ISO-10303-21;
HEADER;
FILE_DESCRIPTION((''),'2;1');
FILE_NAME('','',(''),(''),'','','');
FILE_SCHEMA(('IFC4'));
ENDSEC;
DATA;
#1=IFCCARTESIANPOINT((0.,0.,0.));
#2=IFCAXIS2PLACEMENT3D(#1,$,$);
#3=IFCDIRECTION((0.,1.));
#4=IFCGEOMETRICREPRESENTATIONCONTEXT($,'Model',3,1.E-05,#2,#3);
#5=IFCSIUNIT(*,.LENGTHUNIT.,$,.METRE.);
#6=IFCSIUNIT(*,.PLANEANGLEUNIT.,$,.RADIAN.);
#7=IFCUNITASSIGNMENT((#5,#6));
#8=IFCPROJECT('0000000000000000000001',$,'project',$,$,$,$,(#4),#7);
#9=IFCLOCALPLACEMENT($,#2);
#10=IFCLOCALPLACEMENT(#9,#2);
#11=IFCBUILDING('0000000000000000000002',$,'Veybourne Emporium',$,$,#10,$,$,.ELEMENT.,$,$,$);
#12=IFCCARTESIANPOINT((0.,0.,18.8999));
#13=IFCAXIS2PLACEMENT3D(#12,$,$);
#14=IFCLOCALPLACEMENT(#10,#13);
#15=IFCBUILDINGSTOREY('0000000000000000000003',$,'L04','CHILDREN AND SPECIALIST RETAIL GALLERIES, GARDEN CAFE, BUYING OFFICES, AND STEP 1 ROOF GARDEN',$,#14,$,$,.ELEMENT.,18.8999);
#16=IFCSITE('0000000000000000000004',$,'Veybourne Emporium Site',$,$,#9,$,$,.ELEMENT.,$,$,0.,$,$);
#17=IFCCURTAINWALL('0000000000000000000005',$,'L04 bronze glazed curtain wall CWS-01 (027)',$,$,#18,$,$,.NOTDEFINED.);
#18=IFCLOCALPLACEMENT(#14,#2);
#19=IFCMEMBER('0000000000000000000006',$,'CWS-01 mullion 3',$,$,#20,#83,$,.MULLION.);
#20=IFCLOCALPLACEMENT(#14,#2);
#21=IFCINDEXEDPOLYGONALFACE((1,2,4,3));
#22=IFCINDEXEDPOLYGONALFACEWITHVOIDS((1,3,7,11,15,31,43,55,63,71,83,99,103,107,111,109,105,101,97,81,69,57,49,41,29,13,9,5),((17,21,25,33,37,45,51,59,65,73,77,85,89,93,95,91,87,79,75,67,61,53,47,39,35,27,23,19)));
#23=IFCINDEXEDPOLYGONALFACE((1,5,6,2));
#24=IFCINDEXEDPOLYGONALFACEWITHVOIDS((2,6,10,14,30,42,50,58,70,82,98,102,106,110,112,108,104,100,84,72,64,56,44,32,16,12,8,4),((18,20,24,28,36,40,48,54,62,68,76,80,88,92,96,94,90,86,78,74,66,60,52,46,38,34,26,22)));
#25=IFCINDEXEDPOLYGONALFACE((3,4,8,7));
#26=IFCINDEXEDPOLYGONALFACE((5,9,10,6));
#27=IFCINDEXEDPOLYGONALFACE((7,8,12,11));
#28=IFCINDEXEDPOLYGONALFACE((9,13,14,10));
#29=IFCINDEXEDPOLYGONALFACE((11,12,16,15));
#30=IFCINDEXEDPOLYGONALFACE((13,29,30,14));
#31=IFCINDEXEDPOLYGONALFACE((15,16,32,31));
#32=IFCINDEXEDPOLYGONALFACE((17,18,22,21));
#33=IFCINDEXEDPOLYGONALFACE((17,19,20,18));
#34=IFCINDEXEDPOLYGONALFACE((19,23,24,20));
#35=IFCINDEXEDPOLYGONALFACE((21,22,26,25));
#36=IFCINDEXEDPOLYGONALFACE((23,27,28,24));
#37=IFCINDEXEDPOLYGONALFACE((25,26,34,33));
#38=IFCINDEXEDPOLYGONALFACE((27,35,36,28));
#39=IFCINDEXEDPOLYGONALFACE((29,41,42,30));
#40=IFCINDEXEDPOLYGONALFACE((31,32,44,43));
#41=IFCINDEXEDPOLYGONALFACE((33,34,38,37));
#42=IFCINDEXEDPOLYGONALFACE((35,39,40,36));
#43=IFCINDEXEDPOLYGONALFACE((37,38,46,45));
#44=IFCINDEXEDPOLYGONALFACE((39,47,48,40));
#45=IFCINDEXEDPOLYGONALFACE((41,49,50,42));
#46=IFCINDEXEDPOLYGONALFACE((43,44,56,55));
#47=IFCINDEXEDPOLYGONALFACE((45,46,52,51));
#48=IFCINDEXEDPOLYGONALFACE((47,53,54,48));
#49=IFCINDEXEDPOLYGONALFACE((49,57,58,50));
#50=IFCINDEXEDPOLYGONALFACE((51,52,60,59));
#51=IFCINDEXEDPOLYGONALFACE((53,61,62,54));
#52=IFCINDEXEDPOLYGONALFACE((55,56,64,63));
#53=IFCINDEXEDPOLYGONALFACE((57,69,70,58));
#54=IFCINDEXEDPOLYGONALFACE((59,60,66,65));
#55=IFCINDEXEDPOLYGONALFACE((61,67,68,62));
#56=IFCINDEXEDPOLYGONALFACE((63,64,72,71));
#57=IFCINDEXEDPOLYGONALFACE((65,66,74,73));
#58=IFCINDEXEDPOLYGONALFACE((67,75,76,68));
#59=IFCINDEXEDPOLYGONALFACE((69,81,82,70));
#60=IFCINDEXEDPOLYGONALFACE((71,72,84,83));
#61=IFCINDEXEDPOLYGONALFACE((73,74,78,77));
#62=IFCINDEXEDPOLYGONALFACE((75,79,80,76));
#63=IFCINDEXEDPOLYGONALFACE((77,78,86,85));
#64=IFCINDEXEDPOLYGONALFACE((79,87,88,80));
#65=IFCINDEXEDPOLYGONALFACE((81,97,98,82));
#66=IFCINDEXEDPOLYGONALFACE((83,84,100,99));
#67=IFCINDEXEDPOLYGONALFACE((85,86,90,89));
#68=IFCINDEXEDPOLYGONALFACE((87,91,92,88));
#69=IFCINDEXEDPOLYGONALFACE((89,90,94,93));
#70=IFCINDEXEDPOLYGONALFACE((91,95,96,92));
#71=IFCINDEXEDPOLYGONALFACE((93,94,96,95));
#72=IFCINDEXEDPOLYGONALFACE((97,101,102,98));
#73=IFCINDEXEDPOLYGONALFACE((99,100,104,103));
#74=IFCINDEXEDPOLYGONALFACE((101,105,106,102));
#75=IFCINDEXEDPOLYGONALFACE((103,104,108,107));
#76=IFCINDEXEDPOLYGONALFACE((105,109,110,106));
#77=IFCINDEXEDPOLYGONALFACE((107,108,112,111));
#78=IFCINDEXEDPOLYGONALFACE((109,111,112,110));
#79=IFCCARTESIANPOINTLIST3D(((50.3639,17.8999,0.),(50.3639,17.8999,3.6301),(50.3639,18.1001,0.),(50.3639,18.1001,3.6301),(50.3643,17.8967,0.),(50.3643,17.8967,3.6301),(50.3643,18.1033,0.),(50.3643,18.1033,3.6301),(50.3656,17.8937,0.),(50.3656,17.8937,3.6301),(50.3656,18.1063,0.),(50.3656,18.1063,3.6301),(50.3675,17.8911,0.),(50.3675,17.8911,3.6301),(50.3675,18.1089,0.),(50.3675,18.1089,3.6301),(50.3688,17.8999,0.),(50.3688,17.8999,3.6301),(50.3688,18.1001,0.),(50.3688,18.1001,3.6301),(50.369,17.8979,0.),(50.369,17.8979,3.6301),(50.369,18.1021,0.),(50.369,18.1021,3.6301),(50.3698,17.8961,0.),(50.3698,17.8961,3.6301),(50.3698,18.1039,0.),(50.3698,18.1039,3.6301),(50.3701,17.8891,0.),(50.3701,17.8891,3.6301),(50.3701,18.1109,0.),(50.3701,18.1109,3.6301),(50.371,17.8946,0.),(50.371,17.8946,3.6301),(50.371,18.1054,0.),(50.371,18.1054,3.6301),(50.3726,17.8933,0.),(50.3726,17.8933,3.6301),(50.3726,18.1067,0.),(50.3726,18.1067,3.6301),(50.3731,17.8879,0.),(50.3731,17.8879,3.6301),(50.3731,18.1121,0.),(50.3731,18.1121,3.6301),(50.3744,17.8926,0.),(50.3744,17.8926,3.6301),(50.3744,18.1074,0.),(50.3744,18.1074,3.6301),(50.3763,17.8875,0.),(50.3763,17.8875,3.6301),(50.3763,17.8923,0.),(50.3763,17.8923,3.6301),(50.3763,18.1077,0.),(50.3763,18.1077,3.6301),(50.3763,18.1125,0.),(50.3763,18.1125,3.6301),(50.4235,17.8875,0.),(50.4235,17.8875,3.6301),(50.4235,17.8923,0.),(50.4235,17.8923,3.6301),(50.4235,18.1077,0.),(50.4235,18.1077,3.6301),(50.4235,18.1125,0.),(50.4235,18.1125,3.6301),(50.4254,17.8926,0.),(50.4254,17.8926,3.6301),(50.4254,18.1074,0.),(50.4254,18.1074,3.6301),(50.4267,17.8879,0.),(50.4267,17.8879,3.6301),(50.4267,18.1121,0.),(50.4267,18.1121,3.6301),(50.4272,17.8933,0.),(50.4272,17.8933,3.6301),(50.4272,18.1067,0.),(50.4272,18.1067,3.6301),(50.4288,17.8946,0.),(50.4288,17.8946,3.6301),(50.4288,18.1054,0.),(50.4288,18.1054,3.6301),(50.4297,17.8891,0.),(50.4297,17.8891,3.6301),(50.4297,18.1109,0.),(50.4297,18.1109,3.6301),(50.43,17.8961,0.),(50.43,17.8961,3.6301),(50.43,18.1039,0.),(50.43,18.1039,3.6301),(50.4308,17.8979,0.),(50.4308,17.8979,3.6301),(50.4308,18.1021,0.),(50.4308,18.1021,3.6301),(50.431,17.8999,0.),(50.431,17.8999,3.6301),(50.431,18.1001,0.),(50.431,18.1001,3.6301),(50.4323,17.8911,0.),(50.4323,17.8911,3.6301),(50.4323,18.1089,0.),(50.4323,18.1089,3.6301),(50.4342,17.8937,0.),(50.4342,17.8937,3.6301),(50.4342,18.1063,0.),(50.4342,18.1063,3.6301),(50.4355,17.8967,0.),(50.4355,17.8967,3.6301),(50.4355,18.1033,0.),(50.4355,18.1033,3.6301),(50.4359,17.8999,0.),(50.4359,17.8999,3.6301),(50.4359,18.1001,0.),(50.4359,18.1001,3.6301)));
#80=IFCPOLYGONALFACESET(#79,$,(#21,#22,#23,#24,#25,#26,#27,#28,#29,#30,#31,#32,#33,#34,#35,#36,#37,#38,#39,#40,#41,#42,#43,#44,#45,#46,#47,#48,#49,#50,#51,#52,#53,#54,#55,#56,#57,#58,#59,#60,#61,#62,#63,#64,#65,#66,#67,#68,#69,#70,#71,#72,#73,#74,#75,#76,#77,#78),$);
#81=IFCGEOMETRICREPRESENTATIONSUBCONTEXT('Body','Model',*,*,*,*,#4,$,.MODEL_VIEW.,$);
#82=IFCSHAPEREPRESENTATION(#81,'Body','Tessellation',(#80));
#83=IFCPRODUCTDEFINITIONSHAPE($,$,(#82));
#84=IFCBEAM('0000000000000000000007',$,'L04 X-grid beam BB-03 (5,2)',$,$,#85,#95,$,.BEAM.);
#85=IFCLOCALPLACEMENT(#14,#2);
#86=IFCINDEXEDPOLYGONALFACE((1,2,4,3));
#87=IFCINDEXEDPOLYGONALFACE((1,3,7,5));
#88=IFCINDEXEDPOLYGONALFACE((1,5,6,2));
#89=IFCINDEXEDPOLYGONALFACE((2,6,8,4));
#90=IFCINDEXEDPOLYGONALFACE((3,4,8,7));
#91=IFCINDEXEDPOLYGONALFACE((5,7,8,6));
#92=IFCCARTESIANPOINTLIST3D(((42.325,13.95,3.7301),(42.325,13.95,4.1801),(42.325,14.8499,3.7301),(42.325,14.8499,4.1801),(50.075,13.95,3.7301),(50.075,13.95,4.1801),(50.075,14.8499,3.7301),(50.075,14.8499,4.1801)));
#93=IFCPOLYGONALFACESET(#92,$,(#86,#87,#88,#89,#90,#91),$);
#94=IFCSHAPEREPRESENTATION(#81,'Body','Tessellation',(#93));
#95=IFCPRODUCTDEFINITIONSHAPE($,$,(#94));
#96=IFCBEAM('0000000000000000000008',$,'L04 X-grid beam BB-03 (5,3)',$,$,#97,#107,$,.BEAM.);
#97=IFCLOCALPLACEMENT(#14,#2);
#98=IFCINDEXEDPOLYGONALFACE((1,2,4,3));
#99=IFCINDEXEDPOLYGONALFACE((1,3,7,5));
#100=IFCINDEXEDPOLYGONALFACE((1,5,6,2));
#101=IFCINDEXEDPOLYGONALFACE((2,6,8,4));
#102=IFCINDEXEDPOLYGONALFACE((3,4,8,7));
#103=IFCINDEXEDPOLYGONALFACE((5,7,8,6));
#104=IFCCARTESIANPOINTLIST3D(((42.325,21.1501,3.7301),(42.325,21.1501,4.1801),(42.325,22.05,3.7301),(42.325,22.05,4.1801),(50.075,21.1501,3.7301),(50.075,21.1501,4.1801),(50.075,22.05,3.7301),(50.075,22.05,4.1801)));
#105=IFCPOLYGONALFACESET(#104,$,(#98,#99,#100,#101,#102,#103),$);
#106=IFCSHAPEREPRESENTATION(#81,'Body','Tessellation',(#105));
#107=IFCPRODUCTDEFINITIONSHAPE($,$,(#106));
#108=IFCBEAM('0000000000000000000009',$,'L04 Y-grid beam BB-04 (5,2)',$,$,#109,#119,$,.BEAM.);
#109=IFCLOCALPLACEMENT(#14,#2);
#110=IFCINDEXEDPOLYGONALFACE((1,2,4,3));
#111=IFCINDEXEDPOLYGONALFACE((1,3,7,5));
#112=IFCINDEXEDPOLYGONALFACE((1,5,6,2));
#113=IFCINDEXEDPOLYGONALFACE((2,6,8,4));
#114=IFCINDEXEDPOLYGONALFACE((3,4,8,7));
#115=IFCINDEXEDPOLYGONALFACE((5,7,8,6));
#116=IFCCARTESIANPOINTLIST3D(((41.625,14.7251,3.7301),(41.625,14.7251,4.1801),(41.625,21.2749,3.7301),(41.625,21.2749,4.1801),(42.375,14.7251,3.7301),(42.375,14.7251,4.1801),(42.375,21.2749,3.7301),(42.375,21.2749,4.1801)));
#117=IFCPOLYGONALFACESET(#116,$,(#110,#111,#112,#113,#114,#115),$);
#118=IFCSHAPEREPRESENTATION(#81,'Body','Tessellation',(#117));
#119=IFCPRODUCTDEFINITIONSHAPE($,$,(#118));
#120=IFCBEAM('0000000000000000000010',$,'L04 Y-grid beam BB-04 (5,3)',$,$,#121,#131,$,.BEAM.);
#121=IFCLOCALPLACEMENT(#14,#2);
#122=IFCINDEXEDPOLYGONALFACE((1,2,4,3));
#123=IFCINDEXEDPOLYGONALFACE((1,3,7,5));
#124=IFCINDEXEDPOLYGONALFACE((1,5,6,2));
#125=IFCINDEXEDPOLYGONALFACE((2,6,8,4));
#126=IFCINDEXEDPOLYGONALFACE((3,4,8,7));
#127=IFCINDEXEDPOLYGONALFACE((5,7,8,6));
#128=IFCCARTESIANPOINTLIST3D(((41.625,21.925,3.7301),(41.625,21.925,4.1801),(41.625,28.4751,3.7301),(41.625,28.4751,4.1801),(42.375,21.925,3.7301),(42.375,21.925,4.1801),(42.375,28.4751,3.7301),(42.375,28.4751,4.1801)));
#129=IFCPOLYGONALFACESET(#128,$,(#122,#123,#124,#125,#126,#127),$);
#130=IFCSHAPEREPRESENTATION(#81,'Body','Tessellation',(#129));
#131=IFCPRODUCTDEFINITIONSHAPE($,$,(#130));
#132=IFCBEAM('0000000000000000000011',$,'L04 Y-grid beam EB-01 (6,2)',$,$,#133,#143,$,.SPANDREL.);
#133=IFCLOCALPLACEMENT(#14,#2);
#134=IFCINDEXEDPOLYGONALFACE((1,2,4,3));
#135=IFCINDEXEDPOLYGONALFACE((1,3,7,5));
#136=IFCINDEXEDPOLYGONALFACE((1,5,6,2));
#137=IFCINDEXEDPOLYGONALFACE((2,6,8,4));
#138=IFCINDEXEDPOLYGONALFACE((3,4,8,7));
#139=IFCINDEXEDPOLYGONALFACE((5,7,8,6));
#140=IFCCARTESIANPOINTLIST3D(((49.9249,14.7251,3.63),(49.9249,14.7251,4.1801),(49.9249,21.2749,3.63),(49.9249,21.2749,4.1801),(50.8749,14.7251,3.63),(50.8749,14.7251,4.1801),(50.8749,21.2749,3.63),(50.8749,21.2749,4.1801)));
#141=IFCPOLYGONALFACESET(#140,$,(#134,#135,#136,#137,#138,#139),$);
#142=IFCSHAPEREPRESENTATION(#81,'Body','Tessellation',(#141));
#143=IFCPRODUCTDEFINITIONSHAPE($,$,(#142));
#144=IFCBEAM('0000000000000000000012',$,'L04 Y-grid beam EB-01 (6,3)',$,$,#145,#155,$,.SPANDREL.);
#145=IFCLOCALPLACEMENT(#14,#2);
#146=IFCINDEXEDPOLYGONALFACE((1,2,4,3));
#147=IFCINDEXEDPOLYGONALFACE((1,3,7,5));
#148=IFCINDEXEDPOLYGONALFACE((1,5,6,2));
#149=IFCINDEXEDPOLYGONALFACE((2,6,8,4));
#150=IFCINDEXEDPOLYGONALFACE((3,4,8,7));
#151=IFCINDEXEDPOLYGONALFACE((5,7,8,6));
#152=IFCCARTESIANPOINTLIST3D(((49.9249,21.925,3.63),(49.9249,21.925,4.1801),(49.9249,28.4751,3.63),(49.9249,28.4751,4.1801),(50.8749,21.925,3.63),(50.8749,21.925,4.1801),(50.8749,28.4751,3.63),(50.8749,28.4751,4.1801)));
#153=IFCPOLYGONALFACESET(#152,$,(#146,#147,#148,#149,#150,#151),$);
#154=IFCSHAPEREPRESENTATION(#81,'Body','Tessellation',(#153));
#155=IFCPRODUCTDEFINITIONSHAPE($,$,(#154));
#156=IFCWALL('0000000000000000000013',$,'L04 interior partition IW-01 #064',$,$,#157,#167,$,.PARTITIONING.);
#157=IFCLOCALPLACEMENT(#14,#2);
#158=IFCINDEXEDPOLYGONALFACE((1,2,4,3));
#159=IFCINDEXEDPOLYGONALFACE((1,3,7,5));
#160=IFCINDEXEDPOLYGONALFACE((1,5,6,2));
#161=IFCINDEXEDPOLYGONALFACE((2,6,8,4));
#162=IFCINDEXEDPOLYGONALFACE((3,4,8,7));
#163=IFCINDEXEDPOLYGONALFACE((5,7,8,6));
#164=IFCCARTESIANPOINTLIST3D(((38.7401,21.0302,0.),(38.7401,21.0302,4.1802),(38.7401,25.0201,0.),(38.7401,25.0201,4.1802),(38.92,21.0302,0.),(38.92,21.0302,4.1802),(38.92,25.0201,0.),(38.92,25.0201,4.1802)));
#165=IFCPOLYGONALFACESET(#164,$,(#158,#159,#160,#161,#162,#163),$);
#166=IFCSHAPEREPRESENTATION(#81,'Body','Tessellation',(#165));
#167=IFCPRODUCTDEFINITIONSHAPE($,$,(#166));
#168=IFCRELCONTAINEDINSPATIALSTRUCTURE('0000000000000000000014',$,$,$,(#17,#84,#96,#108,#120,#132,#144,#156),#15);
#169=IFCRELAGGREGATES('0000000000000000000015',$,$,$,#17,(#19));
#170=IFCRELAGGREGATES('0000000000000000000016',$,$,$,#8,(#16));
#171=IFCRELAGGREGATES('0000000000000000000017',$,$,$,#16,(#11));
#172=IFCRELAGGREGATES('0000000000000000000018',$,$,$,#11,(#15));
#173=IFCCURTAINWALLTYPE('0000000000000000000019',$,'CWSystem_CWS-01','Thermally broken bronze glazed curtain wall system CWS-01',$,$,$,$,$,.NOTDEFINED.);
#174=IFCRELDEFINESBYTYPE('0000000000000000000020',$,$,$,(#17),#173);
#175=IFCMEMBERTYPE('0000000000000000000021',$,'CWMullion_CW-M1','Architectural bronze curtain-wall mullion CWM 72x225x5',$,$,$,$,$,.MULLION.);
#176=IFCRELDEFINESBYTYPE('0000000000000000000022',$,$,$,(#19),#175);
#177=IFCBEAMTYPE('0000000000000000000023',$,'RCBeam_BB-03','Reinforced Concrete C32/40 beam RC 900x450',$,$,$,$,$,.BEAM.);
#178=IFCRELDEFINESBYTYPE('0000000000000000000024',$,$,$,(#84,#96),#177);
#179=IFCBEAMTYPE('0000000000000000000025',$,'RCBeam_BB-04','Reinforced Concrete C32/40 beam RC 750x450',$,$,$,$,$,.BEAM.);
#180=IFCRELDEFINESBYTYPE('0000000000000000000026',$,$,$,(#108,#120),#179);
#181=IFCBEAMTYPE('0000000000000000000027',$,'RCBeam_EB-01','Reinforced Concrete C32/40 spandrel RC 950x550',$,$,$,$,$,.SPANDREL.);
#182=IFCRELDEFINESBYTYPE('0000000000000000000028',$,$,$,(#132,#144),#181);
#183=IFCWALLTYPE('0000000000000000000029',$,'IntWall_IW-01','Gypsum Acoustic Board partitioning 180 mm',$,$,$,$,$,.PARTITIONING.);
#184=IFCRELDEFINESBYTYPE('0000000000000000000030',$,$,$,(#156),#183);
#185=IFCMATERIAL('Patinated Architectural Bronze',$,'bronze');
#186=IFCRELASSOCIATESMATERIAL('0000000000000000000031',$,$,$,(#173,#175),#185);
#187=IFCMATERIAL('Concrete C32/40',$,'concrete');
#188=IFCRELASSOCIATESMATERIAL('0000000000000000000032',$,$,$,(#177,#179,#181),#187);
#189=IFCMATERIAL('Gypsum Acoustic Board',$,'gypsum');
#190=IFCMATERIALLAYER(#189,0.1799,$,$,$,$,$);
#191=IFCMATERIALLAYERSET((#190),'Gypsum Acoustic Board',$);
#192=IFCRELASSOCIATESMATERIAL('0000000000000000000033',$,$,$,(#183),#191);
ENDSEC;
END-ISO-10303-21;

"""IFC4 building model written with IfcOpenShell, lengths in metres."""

from ifc_helpers import new_model, si_unit, direction, frame, frame_2d, origin, origin_2d, place, context, subcontext, project, spatial, rectangle, hollow_rectangle, extrude, material, layer, layer_set, material_profile, profile_set, type_object, element, aggregate, save


model = new_model("IFC4")

# Units and contexts
model_context = context("Model", 3, precision=1e-05, world=origin(), true_north=direction((0.0, 1.0)))
body_context = subcontext(model_context, "Body", "Model", "MODEL_VIEW")
ifc_project = project(units=[si_unit("LENGTHUNIT", "METRE"), si_unit("PLANEANGLEUNIT", "RADIAN")], contexts=[model_context])

# Site, building, storey
site_placement = place(None, origin())
site = spatial("IfcSite", under=ifc_project, at=site_placement, Name="Veybourne Emporium Site", CompositionType="ELEMENT", RefElevation=0.0)
building_placement = place(site_placement, origin())
building = spatial("IfcBuilding", under=site, at=building_placement, Name="Veybourne Emporium", CompositionType="ELEMENT")
storey_placement = place(building_placement, frame((0.0, 0.0, 18.8999)))
storey = spatial("IfcBuildingStorey", under=building, at=storey_placement, Name="L04", Description="CHILDREN AND SPECIALIST RETAIL GALLERIES, GARDEN CAFE, BUYING OFFICES, AND STEP 1 ROOF GARDEN", CompositionType="ELEMENT", Elevation=18.8999)

# Curtain wall, member
ifc_material_1 = material(Name="Patinated Architectural Bronze", Category="bronze")
curtain_wall_type = type_object("IfcCurtainWallType", Name="CWSystem_CWS-01", Description="Thermally broken bronze glazed curtain wall system CWS-01", PredefinedType="NOTDEFINED", material=ifc_material_1)
curtain_wall_placement = place(storey_placement, origin())
curtain_wall = element("IfcCurtainWall", 1, at=curtain_wall_placement, inside=storey, type_object=curtain_wall_type, Name="L04 bronze glazed curtain wall CWS-01 (027)", PredefinedType="NOTDEFINED")
ifc_material_profile_1 = material_profile(ifc_material_1, hollow_rectangle(XDim=0.072, YDim=0.2251, WallThickness=0.0049, InnerFilletRadius=0.0076, OuterFilletRadius=0.0125, at=origin_2d()), Name="CWM 72x225x5")
ifc_profile_set_1 = profile_set([ifc_material_profile_1], Name="Patinated Architectural Bronze")
member_type = type_object("IfcMemberType", Name="CWMullion_CW-M1", Description="Architectural bronze curtain-wall mullion CWM 72x225x5", PredefinedType="MULLION", material=ifc_profile_set_1)
member_1_placement = place(storey_placement, frame((50.3999, 18.0, 0.0), z_axis=(0.0, 0.0, 1.0), x_axis=(1.0, 0.0, 0.0)))
member_1 = element("IfcMember", 2, at=member_1_placement, type_object=member_type, Name="CWS-01 mullion 3", PredefinedType="MULLION", context=body_context, shape_type="SweptSolid", body=[
    extrude(hollow_rectangle(XDim=0.072, YDim=0.2251, WallThickness=0.0049, InnerFilletRadius=0.0076, OuterFilletRadius=0.0125, at=origin_2d()), origin(), (0.0, 0.0, 1.0), 3.6301),
])
aggregate(curtain_wall, [member_1])

# Beams
ifc_material_2 = material(Name="Concrete C32/40", Category="concrete")
ifc_material_profile_2 = material_profile(ifc_material_2, rectangle(XDim=0.8999, YDim=0.45, at=origin_2d()), Name="RC 900x450")
ifc_profile_set_2 = profile_set([ifc_material_profile_2], Name="Concrete C32/40")
beam_type_1 = type_object("IfcBeamType", Name="RCBeam_BB-03", Description="Reinforced Concrete C32/40 beam RC 900x450", PredefinedType="BEAM", material=ifc_profile_set_2)
for number, where, z_axis, x_axis, name in (
    (3, (42.325, 14.3999, 3.9551), (1.0, 0.0, 0.0), (0.0, 1.0, 0.0), "L04 X-grid beam BB-03 (5,2)"),
    (4, (42.325, 21.6001, 3.9551), (1.0, 0.0, 0.0), (0.0, 1.0, 0.0), "L04 X-grid beam BB-03 (5,3)"),
):
    element("IfcBeam", number, at=place(storey_placement, frame(where, z_axis=z_axis, x_axis=x_axis)), inside=storey, type_object=beam_type_1, Name=name, PredefinedType="BEAM", context=body_context, shape_type="SweptSolid", body=[
        extrude(rectangle(XDim=0.8999, YDim=0.45, at=origin_2d()), origin(), (0.0, 0.0, 1.0), 7.75),
    ])
ifc_material_profile_3 = material_profile(ifc_material_2, rectangle(XDim=0.75, YDim=0.45, at=origin_2d()), Name="RC 750x450")
ifc_profile_set_3 = profile_set([ifc_material_profile_3], Name="Concrete C32/40")
beam_type_2 = type_object("IfcBeamType", Name="RCBeam_BB-04", Description="Reinforced Concrete C32/40 beam RC 750x450", PredefinedType="BEAM", material=ifc_profile_set_3)
beam_1_placement = place(storey_placement, frame((42.0, 14.7251, 3.9551), z_axis=(0.0, 1.0, 0.0), x_axis=(-1.0, 0.0, 0.0)))
element("IfcBeam", 5, at=beam_1_placement, inside=storey, type_object=beam_type_2, Name="L04 Y-grid beam BB-04 (5,2)", PredefinedType="BEAM", context=body_context, shape_type="SweptSolid", body=[
    extrude(rectangle(XDim=0.75, YDim=0.45, at=origin_2d()), origin(), (0.0, 0.0, 1.0), 6.5498),
])
beam_2_placement = place(storey_placement, frame((42.0, 21.925, 3.9551), z_axis=(0.0, 1.0, 0.0), x_axis=(-1.0, 0.0, 0.0)))
element("IfcBeam", 6, at=beam_2_placement, inside=storey, type_object=beam_type_2, Name="L04 Y-grid beam BB-04 (5,3)", PredefinedType="BEAM", context=body_context, shape_type="SweptSolid", body=[
    extrude(rectangle(XDim=0.75, YDim=0.45, at=origin_2d()), origin(), (0.0, 0.0, 1.0), 6.55),
])
ifc_material_profile_4 = material_profile(ifc_material_2, rectangle(XDim=0.95, YDim=0.55, at=origin_2d()), Name="RC 950x550")
ifc_profile_set_4 = profile_set([ifc_material_profile_4], Name="Concrete C32/40")
beam_type_3 = type_object("IfcBeamType", Name="RCBeam_EB-01", Description="Reinforced Concrete C32/40 spandrel RC 950x550", PredefinedType="SPANDREL", material=ifc_profile_set_4)
beam_3_placement = place(storey_placement, frame((50.3999, 14.7251, 3.905), z_axis=(0.0, 1.0, 0.0), x_axis=(-1.0, 0.0, 0.0)))
element("IfcBeam", 7, at=beam_3_placement, inside=storey, type_object=beam_type_3, Name="L04 Y-grid beam EB-01 (6,2)", PredefinedType="SPANDREL", context=body_context, shape_type="SweptSolid", body=[
    extrude(rectangle(XDim=0.95, YDim=0.55, at=origin_2d()), origin(), (0.0, 0.0, 1.0), 6.5498),
])
beam_4_placement = place(storey_placement, frame((50.3999, 21.925, 3.905), z_axis=(0.0, 1.0, 0.0), x_axis=(-1.0, 0.0, 0.0)))
element("IfcBeam", 8, at=beam_4_placement, inside=storey, type_object=beam_type_3, Name="L04 Y-grid beam EB-01 (6,3)", PredefinedType="SPANDREL", context=body_context, shape_type="SweptSolid", body=[
    extrude(rectangle(XDim=0.95, YDim=0.55, at=origin_2d()), origin(), (0.0, 0.0, 1.0), 6.55),
])

# Wall
ifc_material_3 = material(Name="Gypsum Acoustic Board", Category="gypsum")
ifc_layer_1 = layer(ifc_material_3, 0.1799)
ifc_layer_set_1 = layer_set([ifc_layer_1], Name="Gypsum Acoustic Board")
wall_type_1 = type_object("IfcWallType", Name="IntWall_IW-01", Description="Gypsum Acoustic Board partitioning 180 mm", PredefinedType="PARTITIONING", material=ifc_layer_set_1)
wall_1_placement = place(storey_placement, frame((38.8301, 21.03, 0.0), z_axis=(0.0, 0.0, 1.0), x_axis=(0.0, 1.0, 0.0)))
element("IfcWall", 9, at=wall_1_placement, inside=storey, type_object=wall_type_1, Name="L04 interior partition IW-01 #064", PredefinedType="PARTITIONING", context=body_context, shape_type="SweptSolid", body=[
    extrude(rectangle(XDim=3.99, YDim=0.1799, at=frame_2d((1.9951, 0.0))), origin(), (0.0, 0.0, 1.0), 4.1802),
])

save(model, "model.ifc")
